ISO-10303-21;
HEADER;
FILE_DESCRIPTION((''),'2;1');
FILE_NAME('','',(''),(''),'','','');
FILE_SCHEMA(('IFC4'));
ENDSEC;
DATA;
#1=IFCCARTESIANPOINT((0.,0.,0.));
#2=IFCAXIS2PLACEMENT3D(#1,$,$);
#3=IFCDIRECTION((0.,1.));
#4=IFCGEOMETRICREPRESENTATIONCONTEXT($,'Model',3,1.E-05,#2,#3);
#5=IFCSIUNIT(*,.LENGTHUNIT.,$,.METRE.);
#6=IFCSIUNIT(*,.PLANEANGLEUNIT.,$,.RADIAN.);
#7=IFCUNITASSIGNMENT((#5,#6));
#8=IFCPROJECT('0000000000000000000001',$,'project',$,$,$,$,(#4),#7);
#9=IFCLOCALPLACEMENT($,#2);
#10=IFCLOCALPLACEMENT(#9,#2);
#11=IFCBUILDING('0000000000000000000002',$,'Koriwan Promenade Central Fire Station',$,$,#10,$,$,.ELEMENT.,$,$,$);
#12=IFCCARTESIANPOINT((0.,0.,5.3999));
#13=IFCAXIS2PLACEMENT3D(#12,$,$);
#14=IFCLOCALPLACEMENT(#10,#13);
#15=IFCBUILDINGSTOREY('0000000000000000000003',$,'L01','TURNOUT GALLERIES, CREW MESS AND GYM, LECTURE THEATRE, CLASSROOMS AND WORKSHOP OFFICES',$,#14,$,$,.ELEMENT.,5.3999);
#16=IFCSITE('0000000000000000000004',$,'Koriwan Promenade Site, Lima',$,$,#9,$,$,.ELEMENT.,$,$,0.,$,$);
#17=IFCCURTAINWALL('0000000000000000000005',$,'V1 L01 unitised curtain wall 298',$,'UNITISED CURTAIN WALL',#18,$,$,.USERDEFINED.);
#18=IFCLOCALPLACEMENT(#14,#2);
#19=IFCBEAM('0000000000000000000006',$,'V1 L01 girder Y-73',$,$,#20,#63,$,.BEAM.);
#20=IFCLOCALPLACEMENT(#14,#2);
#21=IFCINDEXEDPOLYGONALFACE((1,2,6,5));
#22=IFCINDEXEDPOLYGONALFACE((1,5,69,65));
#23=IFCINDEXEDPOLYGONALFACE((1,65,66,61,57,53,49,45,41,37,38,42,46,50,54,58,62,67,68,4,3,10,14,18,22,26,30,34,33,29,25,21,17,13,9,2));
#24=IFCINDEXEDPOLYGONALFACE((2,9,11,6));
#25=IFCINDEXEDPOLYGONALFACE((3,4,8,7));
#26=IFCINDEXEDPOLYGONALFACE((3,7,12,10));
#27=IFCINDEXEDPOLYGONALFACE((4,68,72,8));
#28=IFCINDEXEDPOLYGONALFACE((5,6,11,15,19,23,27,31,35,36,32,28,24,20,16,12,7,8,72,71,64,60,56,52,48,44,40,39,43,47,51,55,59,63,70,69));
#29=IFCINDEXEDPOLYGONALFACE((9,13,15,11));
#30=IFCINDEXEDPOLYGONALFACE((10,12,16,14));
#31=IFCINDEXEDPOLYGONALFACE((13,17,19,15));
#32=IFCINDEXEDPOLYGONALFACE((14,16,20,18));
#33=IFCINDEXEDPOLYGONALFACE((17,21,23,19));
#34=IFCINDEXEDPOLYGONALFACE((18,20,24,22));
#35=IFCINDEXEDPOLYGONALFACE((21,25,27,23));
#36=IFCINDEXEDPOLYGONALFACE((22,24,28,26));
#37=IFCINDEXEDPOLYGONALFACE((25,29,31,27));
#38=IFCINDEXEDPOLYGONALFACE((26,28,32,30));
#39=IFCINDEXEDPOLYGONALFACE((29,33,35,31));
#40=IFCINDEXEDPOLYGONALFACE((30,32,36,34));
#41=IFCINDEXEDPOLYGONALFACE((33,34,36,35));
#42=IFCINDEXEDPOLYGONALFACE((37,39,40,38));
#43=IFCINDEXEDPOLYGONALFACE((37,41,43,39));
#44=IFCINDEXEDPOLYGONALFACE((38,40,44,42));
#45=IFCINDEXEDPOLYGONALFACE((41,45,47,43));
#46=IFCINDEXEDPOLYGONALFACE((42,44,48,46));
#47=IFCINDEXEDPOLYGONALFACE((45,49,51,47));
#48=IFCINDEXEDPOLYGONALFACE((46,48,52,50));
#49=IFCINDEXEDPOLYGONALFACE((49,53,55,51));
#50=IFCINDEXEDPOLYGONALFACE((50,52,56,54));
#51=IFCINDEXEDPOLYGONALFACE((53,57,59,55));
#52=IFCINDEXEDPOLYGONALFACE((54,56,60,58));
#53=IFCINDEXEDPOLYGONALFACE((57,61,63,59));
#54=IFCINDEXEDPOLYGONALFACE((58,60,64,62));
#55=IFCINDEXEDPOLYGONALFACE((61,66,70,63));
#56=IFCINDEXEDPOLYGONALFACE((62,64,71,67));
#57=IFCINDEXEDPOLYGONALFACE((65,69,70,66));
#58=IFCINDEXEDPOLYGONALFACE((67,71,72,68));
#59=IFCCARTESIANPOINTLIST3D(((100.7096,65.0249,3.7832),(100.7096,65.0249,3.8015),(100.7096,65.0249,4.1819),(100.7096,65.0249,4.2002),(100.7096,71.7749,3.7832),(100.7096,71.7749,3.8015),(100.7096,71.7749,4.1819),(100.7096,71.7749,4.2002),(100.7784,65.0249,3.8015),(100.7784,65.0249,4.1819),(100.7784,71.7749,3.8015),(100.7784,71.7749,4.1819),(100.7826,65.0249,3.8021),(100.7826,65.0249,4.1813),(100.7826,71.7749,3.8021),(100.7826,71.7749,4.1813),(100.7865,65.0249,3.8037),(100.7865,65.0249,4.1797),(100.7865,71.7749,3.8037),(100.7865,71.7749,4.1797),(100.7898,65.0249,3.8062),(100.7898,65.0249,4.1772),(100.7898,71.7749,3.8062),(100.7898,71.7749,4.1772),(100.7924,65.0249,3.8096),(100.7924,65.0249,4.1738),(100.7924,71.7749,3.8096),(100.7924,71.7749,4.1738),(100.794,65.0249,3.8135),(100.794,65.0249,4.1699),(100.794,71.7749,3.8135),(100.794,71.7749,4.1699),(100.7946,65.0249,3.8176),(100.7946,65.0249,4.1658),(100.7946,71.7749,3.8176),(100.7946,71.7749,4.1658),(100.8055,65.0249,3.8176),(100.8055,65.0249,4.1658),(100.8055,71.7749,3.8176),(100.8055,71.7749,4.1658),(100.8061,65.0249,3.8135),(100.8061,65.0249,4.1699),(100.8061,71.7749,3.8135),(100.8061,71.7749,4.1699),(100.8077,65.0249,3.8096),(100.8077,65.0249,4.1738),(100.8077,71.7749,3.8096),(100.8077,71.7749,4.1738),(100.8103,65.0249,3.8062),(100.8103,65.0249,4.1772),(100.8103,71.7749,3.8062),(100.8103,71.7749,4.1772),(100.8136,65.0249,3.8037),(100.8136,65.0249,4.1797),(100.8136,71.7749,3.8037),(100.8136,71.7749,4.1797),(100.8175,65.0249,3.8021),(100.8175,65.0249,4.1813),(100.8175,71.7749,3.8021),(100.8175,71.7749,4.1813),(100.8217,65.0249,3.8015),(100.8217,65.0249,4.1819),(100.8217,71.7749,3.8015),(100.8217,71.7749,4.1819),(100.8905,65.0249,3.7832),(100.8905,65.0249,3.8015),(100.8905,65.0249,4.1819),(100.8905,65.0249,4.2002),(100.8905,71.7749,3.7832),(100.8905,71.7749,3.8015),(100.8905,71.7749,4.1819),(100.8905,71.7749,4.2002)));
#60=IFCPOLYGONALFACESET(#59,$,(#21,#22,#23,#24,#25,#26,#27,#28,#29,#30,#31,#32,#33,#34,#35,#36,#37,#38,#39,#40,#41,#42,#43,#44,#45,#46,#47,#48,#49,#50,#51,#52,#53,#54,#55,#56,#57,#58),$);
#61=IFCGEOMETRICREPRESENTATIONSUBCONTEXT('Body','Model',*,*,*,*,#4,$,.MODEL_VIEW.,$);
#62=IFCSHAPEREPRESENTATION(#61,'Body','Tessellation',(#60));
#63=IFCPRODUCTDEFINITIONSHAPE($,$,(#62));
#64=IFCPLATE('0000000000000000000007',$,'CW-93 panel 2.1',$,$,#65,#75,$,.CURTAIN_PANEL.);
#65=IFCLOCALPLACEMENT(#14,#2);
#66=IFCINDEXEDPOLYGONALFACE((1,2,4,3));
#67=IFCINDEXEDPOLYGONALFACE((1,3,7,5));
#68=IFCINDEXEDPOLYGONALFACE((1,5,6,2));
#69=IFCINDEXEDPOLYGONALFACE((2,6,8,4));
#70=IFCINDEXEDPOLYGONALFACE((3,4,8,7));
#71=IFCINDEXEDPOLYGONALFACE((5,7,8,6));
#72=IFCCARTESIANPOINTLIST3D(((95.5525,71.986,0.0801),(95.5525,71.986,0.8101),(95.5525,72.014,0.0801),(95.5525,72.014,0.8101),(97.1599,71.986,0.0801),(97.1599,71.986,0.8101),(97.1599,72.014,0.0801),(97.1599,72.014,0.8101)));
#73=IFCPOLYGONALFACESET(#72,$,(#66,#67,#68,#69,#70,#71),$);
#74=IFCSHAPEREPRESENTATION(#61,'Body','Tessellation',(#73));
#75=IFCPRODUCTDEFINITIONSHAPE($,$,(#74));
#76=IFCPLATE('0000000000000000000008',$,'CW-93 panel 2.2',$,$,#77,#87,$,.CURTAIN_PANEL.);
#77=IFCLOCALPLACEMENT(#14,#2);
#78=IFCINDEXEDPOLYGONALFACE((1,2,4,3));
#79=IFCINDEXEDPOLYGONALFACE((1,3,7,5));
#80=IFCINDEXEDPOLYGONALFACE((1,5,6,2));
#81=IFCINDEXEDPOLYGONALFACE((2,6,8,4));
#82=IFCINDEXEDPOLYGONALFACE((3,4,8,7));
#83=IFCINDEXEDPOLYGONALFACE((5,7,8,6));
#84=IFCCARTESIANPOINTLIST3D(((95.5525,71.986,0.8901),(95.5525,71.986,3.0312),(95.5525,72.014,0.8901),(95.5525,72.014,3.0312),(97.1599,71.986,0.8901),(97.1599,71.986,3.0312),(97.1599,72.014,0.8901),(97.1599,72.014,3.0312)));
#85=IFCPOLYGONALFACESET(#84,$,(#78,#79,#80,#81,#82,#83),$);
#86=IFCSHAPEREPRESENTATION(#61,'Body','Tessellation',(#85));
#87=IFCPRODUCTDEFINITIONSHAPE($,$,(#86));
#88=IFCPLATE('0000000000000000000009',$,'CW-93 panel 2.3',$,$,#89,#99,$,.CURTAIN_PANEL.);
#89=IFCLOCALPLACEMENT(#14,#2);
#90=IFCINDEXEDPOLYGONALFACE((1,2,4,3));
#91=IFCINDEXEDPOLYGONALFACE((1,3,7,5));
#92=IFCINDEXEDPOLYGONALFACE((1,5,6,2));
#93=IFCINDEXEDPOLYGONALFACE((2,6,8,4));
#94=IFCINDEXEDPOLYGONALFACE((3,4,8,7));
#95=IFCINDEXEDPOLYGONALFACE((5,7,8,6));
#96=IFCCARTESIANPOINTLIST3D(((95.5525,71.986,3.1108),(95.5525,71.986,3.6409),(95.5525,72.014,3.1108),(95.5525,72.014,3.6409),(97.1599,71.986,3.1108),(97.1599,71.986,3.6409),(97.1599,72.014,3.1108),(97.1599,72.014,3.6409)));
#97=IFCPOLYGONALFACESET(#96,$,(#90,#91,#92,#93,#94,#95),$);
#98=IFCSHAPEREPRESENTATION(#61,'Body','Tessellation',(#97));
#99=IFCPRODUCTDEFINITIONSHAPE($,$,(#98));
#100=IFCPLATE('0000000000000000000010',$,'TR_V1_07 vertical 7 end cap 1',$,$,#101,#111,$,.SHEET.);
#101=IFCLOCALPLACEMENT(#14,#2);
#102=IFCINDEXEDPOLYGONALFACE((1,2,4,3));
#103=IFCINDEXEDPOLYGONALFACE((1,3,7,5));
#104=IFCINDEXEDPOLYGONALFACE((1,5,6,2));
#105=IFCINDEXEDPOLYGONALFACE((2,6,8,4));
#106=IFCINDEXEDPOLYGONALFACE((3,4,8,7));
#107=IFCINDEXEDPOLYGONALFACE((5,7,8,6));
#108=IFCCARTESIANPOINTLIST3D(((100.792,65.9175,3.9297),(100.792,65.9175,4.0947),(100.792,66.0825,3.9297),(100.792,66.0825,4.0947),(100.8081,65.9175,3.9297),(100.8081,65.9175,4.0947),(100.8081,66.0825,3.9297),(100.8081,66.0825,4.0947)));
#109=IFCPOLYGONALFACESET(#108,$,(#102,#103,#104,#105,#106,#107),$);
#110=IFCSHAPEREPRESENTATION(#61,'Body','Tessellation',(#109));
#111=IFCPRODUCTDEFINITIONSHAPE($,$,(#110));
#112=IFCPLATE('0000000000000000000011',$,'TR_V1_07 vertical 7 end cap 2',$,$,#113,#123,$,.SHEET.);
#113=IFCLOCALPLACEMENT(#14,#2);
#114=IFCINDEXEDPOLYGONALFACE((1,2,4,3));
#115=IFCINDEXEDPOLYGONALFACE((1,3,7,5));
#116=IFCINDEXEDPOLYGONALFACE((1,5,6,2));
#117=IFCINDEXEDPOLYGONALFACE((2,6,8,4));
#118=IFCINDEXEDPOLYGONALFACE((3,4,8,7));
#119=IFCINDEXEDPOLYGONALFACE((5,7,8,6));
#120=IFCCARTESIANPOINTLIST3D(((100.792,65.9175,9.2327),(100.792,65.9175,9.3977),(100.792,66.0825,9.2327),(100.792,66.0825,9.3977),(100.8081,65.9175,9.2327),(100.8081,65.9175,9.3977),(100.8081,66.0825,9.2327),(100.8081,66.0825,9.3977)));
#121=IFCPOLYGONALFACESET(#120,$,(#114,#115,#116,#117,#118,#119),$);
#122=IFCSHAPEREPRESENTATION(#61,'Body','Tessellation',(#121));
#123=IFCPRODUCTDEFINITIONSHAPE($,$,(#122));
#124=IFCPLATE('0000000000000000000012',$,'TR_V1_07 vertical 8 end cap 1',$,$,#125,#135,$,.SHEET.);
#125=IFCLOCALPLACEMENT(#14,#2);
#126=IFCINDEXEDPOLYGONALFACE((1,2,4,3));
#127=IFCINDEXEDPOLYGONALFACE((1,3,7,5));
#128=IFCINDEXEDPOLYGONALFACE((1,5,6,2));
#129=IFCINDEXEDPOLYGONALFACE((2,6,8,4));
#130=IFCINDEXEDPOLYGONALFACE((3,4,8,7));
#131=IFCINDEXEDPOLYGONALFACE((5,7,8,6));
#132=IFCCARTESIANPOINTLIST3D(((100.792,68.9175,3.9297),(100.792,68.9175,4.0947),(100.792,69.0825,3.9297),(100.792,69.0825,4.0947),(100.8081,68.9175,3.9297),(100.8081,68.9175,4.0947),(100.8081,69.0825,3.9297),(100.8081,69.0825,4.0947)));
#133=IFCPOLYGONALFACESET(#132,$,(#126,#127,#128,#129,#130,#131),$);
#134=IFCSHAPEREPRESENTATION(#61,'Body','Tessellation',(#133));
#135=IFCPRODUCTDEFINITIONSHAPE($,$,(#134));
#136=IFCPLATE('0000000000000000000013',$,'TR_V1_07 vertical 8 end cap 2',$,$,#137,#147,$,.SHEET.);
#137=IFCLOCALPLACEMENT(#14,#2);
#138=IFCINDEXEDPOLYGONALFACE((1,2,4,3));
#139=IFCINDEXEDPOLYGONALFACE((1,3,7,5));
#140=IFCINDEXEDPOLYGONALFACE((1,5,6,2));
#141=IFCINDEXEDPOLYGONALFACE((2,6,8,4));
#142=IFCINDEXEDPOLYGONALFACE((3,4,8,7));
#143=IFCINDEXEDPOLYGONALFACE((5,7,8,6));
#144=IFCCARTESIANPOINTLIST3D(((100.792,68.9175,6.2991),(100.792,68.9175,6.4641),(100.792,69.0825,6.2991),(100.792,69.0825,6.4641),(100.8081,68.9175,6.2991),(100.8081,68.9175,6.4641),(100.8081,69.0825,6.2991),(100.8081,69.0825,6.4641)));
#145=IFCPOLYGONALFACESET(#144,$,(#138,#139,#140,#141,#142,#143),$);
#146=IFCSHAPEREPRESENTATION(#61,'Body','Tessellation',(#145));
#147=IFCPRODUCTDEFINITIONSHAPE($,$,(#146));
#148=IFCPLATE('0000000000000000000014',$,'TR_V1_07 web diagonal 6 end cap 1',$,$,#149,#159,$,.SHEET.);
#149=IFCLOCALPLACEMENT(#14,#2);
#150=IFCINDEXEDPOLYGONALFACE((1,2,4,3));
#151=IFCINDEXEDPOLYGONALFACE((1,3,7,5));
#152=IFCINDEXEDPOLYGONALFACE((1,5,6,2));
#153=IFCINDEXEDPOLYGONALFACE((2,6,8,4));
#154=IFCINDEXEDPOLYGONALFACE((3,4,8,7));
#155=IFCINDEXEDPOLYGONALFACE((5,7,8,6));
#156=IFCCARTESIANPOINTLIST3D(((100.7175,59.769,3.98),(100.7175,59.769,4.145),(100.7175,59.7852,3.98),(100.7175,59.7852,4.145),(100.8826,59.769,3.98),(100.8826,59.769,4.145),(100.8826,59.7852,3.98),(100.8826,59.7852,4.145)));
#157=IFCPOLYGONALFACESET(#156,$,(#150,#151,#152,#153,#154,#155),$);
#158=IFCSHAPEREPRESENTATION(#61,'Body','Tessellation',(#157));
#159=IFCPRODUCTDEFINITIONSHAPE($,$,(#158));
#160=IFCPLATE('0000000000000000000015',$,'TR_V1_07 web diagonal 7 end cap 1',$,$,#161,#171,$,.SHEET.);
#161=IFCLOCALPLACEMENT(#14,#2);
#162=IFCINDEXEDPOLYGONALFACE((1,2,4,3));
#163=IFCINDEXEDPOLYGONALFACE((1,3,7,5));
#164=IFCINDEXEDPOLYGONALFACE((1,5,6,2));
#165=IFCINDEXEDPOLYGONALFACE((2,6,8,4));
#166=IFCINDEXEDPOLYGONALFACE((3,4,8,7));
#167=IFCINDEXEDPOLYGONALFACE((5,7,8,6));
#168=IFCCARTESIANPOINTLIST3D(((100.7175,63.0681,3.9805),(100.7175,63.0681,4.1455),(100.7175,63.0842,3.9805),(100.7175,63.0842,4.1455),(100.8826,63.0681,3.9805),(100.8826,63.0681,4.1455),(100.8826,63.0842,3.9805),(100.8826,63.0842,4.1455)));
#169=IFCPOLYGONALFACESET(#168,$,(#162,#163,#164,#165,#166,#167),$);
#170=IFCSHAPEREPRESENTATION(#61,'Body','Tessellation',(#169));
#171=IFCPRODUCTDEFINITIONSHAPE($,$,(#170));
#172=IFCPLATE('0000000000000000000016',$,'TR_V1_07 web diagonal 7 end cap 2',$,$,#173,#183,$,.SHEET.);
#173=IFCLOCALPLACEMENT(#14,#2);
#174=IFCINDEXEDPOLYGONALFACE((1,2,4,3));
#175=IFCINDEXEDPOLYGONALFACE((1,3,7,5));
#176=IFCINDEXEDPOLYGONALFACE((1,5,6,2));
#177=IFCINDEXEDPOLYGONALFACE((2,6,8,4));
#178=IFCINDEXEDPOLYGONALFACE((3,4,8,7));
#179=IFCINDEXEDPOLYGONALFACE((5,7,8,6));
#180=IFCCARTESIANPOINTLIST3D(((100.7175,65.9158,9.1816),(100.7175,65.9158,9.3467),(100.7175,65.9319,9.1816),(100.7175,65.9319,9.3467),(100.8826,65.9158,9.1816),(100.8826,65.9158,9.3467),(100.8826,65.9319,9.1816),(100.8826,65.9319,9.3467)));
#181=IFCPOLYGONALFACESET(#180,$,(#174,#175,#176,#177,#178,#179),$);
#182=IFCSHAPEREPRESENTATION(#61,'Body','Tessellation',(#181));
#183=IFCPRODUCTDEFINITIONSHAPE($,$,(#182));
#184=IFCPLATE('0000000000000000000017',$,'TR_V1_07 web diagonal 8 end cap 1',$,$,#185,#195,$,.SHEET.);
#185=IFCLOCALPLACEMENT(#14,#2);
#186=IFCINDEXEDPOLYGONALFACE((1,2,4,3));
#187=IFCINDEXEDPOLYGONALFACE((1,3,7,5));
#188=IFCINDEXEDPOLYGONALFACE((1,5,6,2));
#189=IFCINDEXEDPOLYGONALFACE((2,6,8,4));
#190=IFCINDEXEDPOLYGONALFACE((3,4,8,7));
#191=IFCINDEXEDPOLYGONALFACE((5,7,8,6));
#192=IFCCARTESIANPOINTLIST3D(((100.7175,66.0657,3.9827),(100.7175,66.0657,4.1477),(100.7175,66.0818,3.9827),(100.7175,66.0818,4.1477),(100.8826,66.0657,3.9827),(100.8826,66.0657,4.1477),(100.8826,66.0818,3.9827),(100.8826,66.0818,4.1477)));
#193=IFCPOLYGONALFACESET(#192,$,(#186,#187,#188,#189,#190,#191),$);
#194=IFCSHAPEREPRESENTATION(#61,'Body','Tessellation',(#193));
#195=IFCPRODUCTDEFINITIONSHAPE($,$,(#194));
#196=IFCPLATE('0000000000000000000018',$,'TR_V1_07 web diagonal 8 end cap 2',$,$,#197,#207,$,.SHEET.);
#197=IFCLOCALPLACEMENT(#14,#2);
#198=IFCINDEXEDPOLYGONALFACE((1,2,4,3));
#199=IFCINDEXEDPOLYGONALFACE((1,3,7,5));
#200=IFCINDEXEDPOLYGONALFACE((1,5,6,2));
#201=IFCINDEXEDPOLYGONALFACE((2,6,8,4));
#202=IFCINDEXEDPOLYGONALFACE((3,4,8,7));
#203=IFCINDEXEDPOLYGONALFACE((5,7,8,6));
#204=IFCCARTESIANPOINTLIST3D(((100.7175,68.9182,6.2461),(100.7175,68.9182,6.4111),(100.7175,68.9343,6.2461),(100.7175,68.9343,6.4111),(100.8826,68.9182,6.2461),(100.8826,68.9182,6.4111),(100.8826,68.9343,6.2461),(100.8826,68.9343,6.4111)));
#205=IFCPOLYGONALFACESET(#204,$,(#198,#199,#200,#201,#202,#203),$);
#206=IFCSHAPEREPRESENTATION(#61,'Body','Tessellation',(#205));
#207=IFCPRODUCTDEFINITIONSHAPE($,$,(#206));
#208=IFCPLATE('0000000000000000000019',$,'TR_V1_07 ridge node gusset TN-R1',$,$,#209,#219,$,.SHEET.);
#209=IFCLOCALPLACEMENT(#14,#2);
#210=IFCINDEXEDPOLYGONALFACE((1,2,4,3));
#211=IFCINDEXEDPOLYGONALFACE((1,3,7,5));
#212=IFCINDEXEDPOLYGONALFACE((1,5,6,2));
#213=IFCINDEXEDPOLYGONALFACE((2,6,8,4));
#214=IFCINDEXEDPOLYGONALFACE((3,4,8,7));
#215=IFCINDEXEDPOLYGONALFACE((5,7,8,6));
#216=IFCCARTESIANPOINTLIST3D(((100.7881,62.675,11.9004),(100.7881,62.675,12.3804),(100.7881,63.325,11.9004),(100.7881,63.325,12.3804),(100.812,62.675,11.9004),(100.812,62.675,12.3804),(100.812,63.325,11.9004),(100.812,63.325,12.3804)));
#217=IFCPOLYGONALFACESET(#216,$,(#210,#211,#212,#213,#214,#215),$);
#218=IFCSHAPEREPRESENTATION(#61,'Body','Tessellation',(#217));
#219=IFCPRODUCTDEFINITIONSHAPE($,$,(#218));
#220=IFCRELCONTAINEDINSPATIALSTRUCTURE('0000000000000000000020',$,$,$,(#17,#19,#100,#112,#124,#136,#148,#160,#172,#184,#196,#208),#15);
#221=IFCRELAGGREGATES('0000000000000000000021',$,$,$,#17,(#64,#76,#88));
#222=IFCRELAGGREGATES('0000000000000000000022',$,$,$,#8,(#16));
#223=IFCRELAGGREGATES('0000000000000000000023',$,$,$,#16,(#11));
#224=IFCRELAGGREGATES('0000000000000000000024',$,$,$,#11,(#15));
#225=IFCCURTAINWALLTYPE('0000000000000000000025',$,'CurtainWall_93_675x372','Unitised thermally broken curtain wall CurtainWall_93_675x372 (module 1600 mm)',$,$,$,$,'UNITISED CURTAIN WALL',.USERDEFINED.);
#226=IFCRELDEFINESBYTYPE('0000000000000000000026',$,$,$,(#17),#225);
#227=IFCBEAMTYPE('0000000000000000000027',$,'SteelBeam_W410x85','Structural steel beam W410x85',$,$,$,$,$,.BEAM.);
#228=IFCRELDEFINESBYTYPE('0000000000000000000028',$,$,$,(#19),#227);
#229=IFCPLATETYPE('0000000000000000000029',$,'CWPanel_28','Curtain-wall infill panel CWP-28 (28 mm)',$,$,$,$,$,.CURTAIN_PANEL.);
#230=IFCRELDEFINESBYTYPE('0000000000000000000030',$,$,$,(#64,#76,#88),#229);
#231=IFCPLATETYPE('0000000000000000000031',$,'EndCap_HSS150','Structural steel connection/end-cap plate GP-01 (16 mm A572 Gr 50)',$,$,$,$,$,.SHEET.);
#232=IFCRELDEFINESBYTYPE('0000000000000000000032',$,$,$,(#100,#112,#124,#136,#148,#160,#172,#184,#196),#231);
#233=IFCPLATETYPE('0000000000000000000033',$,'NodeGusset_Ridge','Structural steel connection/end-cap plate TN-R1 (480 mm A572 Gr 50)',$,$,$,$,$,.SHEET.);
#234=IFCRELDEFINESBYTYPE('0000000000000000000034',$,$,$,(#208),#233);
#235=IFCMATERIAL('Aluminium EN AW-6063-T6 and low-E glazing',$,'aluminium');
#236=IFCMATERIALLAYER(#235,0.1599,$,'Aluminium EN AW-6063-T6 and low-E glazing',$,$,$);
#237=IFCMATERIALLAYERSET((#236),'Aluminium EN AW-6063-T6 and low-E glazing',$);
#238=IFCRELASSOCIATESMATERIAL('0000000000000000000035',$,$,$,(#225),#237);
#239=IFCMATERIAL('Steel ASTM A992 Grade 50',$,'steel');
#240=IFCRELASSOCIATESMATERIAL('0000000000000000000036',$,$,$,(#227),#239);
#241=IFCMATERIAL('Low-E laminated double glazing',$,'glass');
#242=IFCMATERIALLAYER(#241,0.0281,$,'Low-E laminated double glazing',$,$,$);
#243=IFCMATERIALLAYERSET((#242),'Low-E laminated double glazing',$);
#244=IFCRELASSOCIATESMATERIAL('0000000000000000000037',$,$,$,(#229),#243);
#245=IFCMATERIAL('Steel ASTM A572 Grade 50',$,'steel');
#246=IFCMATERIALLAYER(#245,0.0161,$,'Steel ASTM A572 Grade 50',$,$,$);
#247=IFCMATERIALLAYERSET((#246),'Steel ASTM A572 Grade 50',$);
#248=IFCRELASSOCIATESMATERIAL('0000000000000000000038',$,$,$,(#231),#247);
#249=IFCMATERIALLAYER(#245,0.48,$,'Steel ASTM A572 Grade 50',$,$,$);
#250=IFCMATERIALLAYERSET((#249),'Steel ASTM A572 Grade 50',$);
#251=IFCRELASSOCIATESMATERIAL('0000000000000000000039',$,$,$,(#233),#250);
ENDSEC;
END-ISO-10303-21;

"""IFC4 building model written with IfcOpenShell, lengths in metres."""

from ifc_helpers import new_model, si_unit, direction, frame, origin, origin_2d, place, context, subcontext, project, spatial, rectangle, i_section, extrude, material, layer, layer_set, material_profile, profile_set, type_object, element, aggregate, save


model = new_model("IFC4")

# Units and contexts
model_context = context("Model", 3, precision=1e-05, world=origin(), true_north=direction((0.0, 1.0)))
body_context = subcontext(model_context, "Body", "Model", "MODEL_VIEW")
ifc_project = project(units=[si_unit("LENGTHUNIT", "METRE"), si_unit("PLANEANGLEUNIT", "RADIAN")], contexts=[model_context])

# Site, building, storey
site_placement = place(None, origin())
site = spatial("IfcSite", under=ifc_project, at=site_placement, Name="Koriwan Promenade Site, Lima", CompositionType="ELEMENT", RefElevation=0.0)
building_placement = place(site_placement, origin())
building = spatial("IfcBuilding", under=site, at=building_placement, Name="Koriwan Promenade Central Fire Station", CompositionType="ELEMENT")
storey_placement = place(building_placement, frame((0.0, 0.0, 5.3999)))
storey = spatial("IfcBuildingStorey", under=building, at=storey_placement, Name="L01", Description="TURNOUT GALLERIES, CREW MESS AND GYM, LECTURE THEATRE, CLASSROOMS AND WORKSHOP OFFICES", CompositionType="ELEMENT", Elevation=5.3999)

# Curtain wall
ifc_material_1 = material(Name="Aluminium EN AW-6063-T6 and low-E glazing", Category="aluminium")
ifc_layer_1 = layer(ifc_material_1, 0.1599, Name="Aluminium EN AW-6063-T6 and low-E glazing")
ifc_layer_set_1 = layer_set([ifc_layer_1], Name="Aluminium EN AW-6063-T6 and low-E glazing")
curtain_wall_type = type_object("IfcCurtainWallType", Name="CurtainWall_93_675x372", Description="Unitised thermally broken curtain wall CurtainWall_93_675x372 (module 1600 mm)", ElementType="UNITISED CURTAIN WALL", PredefinedType="USERDEFINED", material=ifc_layer_set_1)
curtain_wall_placement = place(storey_placement, origin())
curtain_wall = element("IfcCurtainWall", 1, at=curtain_wall_placement, inside=storey, type_object=curtain_wall_type, Name="V1 L01 unitised curtain wall 298", ObjectType="UNITISED CURTAIN WALL", PredefinedType="USERDEFINED")

# Shared definitions
ifc_material_2 = material(Name="Steel ASTM A992 Grade 50", Category="steel")

# Beam
ifc_material_profile_1 = material_profile(ifc_material_2, i_section(OverallWidth=0.1809, OverallDepth=0.417, WebThickness=0.011, FlangeThickness=0.0183, FilletRadius=0.0161, at=origin_2d()), Name="W410x85")
ifc_profile_set_1 = profile_set([ifc_material_profile_1], Name="Steel ASTM A992 Grade 50")
beam_type_1 = type_object("IfcBeamType", Name="SteelBeam_W410x85", Description="Structural steel beam W410x85", PredefinedType="BEAM", material=ifc_profile_set_1)
beam_1_placement = place(storey_placement, frame((100.8, 65.0249, 3.9917), z_axis=(0.0, 1.0, 0.0), x_axis=(-1.0, 0.0, 0.0)))
element("IfcBeam", 2, at=beam_1_placement, inside=storey, type_object=beam_type_1, Name="V1 L01 girder Y-73", PredefinedType="BEAM", context=body_context, shape_type="SweptSolid", body=[
    extrude(i_section(OverallWidth=0.1809, OverallDepth=0.417, WebThickness=0.011, FlangeThickness=0.0183, FilletRadius=0.0161, at=origin_2d()), origin(), (0.0, 0.0, 1.0), 6.75),
])

# Plates
ifc_material_3 = material(Name="Low-E laminated double glazing", Category="glass")
ifc_layer_2 = layer(ifc_material_3, 0.0281, Name="Low-E laminated double glazing")
ifc_layer_set_2 = layer_set([ifc_layer_2], Name="Low-E laminated double glazing")
plate_type_1 = type_object("IfcPlateType", Name="CWPanel_28", Description="Curtain-wall infill panel CWP-28 (28 mm)", PredefinedType="CURTAIN_PANEL", material=ifc_layer_set_2)
plate_1_placement = place(storey_placement, frame((96.3562, 72.0, 0.0801), z_axis=(0.0, 0.0, 1.0), x_axis=(1.0, 0.0, 0.0)))
plate_1 = element("IfcPlate", 3, at=plate_1_placement, type_object=plate_type_1, Name="CW-93 panel 2.1", PredefinedType="CURTAIN_PANEL", context=body_context, shape_type="SweptSolid", body=[
    extrude(rectangle(XDim=1.6074, YDim=0.0281, at=origin_2d()), origin(), (0.0, 0.0, 1.0), 0.73),
])
plate_2_placement = place(storey_placement, frame((96.3562, 72.0, 0.8901), z_axis=(0.0, 0.0, 1.0), x_axis=(1.0, 0.0, 0.0)))
plate_2 = element("IfcPlate", 4, at=plate_2_placement, type_object=plate_type_1, Name="CW-93 panel 2.2", PredefinedType="CURTAIN_PANEL", context=body_context, shape_type="SweptSolid", body=[
    extrude(rectangle(XDim=1.6074, YDim=0.0281, at=origin_2d()), origin(), (0.0, 0.0, 1.0), 2.1411),
])
plate_3_placement = place(storey_placement, frame((96.3562, 72.0, 3.1108), z_axis=(0.0, 0.0, 1.0), x_axis=(1.0, 0.0, 0.0)))
plate_3 = element("IfcPlate", 5, at=plate_3_placement, type_object=plate_type_1, Name="CW-93 panel 2.3", PredefinedType="CURTAIN_PANEL", context=body_context, shape_type="SweptSolid", body=[
    extrude(rectangle(XDim=1.6074, YDim=0.0281, at=origin_2d()), origin(), (0.0, 0.0, 1.0), 0.53),
])
aggregate(curtain_wall, [plate_1, plate_2, plate_3])

# Plates
ifc_material_4 = material(Name="Steel ASTM A572 Grade 50", Category="steel")
ifc_layer_3 = layer(ifc_material_4, 0.0161, Name="Steel ASTM A572 Grade 50")
ifc_layer_set_3 = layer_set([ifc_layer_3], Name="Steel ASTM A572 Grade 50")
plate_type_2 = type_object("IfcPlateType", Name="EndCap_HSS150", Description="Structural steel connection/end-cap plate GP-01 (16 mm A572 Gr 50)", PredefinedType="SHEET", material=ifc_layer_set_3)
for number, where, z_axis, x_axis, name in (
    (6, (100.8, 66.0, 3.9297), (0.0, 0.0, 1.0), (1.0, 0.0, 0.0), "TR_V1_07 vertical 7 end cap 1"),
    (7, (100.8, 66.0, 9.2327), (0.0, 0.0, 1.0), (1.0, 0.0, 0.0), "TR_V1_07 vertical 7 end cap 2"),
    (8, (100.8, 69.0, 3.9297), (0.0, 0.0, 1.0), (1.0, 0.0, 0.0), "TR_V1_07 vertical 8 end cap 1"),
    (9, (100.8, 69.0, 6.2991), (0.0, 0.0, 1.0), (1.0, 0.0, 0.0), "TR_V1_07 vertical 8 end cap 2"),
    (10, (100.8, 59.7771, 3.98), (0.0, 0.0, 1.0), (0.0, 1.0, 0.0), "TR_V1_07 web diagonal 6 end cap 1"),
    (11, (100.8, 63.0762, 3.9805), (0.0, 0.0, 1.0), (0.0, 1.0, 0.0), "TR_V1_07 web diagonal 7 end cap 1"),
    (12, (100.8, 65.9238, 9.1816), (0.0, 0.0, 1.0), (0.0, 1.0, 0.0), "TR_V1_07 web diagonal 7 end cap 2"),
    (13, (100.8, 66.0737, 3.9827), (0.0, 0.0, 1.0), (0.0, 1.0, 0.0), "TR_V1_07 web diagonal 8 end cap 1"),
    (14, (100.8, 68.9263, 6.2461), (0.0, 0.0, 1.0), (0.0, 1.0, 0.0), "TR_V1_07 web diagonal 8 end cap 2"),
):
    element("IfcPlate", number, at=place(storey_placement, frame(where, z_axis=z_axis, x_axis=x_axis)), inside=storey, type_object=plate_type_2, Name=name, PredefinedType="SHEET", context=body_context, shape_type="SweptSolid", body=[
        extrude(rectangle(XDim=0.0161, YDim=0.165, at=origin_2d()), origin(), (0.0, 0.0, 1.0), 0.165),
    ])
ifc_layer_4 = layer(ifc_material_4, 0.48, Name="Steel ASTM A572 Grade 50")
ifc_layer_set_4 = layer_set([ifc_layer_4], Name="Steel ASTM A572 Grade 50")
plate_type_3 = type_object("IfcPlateType", Name="NodeGusset_Ridge", Description="Structural steel connection/end-cap plate TN-R1 (480 mm A572 Gr 50)", PredefinedType="SHEET", material=ifc_layer_set_4)
plate_4_placement = place(storey_placement, frame((100.8, 63.0, 11.9004), z_axis=(0.0, 0.0, 1.0), x_axis=(1.0, 0.0, 0.0)))
element("IfcPlate", 15, at=plate_4_placement, inside=storey, type_object=plate_type_3, Name="TR_V1_07 ridge node gusset TN-R1", PredefinedType="SHEET", context=body_context, shape_type="SweptSolid", body=[
    extrude(rectangle(XDim=0.0239, YDim=0.6499, at=origin_2d()), origin(), (0.0, 0.0, 1.0), 0.48),
])

save(model, "model.ifc")
